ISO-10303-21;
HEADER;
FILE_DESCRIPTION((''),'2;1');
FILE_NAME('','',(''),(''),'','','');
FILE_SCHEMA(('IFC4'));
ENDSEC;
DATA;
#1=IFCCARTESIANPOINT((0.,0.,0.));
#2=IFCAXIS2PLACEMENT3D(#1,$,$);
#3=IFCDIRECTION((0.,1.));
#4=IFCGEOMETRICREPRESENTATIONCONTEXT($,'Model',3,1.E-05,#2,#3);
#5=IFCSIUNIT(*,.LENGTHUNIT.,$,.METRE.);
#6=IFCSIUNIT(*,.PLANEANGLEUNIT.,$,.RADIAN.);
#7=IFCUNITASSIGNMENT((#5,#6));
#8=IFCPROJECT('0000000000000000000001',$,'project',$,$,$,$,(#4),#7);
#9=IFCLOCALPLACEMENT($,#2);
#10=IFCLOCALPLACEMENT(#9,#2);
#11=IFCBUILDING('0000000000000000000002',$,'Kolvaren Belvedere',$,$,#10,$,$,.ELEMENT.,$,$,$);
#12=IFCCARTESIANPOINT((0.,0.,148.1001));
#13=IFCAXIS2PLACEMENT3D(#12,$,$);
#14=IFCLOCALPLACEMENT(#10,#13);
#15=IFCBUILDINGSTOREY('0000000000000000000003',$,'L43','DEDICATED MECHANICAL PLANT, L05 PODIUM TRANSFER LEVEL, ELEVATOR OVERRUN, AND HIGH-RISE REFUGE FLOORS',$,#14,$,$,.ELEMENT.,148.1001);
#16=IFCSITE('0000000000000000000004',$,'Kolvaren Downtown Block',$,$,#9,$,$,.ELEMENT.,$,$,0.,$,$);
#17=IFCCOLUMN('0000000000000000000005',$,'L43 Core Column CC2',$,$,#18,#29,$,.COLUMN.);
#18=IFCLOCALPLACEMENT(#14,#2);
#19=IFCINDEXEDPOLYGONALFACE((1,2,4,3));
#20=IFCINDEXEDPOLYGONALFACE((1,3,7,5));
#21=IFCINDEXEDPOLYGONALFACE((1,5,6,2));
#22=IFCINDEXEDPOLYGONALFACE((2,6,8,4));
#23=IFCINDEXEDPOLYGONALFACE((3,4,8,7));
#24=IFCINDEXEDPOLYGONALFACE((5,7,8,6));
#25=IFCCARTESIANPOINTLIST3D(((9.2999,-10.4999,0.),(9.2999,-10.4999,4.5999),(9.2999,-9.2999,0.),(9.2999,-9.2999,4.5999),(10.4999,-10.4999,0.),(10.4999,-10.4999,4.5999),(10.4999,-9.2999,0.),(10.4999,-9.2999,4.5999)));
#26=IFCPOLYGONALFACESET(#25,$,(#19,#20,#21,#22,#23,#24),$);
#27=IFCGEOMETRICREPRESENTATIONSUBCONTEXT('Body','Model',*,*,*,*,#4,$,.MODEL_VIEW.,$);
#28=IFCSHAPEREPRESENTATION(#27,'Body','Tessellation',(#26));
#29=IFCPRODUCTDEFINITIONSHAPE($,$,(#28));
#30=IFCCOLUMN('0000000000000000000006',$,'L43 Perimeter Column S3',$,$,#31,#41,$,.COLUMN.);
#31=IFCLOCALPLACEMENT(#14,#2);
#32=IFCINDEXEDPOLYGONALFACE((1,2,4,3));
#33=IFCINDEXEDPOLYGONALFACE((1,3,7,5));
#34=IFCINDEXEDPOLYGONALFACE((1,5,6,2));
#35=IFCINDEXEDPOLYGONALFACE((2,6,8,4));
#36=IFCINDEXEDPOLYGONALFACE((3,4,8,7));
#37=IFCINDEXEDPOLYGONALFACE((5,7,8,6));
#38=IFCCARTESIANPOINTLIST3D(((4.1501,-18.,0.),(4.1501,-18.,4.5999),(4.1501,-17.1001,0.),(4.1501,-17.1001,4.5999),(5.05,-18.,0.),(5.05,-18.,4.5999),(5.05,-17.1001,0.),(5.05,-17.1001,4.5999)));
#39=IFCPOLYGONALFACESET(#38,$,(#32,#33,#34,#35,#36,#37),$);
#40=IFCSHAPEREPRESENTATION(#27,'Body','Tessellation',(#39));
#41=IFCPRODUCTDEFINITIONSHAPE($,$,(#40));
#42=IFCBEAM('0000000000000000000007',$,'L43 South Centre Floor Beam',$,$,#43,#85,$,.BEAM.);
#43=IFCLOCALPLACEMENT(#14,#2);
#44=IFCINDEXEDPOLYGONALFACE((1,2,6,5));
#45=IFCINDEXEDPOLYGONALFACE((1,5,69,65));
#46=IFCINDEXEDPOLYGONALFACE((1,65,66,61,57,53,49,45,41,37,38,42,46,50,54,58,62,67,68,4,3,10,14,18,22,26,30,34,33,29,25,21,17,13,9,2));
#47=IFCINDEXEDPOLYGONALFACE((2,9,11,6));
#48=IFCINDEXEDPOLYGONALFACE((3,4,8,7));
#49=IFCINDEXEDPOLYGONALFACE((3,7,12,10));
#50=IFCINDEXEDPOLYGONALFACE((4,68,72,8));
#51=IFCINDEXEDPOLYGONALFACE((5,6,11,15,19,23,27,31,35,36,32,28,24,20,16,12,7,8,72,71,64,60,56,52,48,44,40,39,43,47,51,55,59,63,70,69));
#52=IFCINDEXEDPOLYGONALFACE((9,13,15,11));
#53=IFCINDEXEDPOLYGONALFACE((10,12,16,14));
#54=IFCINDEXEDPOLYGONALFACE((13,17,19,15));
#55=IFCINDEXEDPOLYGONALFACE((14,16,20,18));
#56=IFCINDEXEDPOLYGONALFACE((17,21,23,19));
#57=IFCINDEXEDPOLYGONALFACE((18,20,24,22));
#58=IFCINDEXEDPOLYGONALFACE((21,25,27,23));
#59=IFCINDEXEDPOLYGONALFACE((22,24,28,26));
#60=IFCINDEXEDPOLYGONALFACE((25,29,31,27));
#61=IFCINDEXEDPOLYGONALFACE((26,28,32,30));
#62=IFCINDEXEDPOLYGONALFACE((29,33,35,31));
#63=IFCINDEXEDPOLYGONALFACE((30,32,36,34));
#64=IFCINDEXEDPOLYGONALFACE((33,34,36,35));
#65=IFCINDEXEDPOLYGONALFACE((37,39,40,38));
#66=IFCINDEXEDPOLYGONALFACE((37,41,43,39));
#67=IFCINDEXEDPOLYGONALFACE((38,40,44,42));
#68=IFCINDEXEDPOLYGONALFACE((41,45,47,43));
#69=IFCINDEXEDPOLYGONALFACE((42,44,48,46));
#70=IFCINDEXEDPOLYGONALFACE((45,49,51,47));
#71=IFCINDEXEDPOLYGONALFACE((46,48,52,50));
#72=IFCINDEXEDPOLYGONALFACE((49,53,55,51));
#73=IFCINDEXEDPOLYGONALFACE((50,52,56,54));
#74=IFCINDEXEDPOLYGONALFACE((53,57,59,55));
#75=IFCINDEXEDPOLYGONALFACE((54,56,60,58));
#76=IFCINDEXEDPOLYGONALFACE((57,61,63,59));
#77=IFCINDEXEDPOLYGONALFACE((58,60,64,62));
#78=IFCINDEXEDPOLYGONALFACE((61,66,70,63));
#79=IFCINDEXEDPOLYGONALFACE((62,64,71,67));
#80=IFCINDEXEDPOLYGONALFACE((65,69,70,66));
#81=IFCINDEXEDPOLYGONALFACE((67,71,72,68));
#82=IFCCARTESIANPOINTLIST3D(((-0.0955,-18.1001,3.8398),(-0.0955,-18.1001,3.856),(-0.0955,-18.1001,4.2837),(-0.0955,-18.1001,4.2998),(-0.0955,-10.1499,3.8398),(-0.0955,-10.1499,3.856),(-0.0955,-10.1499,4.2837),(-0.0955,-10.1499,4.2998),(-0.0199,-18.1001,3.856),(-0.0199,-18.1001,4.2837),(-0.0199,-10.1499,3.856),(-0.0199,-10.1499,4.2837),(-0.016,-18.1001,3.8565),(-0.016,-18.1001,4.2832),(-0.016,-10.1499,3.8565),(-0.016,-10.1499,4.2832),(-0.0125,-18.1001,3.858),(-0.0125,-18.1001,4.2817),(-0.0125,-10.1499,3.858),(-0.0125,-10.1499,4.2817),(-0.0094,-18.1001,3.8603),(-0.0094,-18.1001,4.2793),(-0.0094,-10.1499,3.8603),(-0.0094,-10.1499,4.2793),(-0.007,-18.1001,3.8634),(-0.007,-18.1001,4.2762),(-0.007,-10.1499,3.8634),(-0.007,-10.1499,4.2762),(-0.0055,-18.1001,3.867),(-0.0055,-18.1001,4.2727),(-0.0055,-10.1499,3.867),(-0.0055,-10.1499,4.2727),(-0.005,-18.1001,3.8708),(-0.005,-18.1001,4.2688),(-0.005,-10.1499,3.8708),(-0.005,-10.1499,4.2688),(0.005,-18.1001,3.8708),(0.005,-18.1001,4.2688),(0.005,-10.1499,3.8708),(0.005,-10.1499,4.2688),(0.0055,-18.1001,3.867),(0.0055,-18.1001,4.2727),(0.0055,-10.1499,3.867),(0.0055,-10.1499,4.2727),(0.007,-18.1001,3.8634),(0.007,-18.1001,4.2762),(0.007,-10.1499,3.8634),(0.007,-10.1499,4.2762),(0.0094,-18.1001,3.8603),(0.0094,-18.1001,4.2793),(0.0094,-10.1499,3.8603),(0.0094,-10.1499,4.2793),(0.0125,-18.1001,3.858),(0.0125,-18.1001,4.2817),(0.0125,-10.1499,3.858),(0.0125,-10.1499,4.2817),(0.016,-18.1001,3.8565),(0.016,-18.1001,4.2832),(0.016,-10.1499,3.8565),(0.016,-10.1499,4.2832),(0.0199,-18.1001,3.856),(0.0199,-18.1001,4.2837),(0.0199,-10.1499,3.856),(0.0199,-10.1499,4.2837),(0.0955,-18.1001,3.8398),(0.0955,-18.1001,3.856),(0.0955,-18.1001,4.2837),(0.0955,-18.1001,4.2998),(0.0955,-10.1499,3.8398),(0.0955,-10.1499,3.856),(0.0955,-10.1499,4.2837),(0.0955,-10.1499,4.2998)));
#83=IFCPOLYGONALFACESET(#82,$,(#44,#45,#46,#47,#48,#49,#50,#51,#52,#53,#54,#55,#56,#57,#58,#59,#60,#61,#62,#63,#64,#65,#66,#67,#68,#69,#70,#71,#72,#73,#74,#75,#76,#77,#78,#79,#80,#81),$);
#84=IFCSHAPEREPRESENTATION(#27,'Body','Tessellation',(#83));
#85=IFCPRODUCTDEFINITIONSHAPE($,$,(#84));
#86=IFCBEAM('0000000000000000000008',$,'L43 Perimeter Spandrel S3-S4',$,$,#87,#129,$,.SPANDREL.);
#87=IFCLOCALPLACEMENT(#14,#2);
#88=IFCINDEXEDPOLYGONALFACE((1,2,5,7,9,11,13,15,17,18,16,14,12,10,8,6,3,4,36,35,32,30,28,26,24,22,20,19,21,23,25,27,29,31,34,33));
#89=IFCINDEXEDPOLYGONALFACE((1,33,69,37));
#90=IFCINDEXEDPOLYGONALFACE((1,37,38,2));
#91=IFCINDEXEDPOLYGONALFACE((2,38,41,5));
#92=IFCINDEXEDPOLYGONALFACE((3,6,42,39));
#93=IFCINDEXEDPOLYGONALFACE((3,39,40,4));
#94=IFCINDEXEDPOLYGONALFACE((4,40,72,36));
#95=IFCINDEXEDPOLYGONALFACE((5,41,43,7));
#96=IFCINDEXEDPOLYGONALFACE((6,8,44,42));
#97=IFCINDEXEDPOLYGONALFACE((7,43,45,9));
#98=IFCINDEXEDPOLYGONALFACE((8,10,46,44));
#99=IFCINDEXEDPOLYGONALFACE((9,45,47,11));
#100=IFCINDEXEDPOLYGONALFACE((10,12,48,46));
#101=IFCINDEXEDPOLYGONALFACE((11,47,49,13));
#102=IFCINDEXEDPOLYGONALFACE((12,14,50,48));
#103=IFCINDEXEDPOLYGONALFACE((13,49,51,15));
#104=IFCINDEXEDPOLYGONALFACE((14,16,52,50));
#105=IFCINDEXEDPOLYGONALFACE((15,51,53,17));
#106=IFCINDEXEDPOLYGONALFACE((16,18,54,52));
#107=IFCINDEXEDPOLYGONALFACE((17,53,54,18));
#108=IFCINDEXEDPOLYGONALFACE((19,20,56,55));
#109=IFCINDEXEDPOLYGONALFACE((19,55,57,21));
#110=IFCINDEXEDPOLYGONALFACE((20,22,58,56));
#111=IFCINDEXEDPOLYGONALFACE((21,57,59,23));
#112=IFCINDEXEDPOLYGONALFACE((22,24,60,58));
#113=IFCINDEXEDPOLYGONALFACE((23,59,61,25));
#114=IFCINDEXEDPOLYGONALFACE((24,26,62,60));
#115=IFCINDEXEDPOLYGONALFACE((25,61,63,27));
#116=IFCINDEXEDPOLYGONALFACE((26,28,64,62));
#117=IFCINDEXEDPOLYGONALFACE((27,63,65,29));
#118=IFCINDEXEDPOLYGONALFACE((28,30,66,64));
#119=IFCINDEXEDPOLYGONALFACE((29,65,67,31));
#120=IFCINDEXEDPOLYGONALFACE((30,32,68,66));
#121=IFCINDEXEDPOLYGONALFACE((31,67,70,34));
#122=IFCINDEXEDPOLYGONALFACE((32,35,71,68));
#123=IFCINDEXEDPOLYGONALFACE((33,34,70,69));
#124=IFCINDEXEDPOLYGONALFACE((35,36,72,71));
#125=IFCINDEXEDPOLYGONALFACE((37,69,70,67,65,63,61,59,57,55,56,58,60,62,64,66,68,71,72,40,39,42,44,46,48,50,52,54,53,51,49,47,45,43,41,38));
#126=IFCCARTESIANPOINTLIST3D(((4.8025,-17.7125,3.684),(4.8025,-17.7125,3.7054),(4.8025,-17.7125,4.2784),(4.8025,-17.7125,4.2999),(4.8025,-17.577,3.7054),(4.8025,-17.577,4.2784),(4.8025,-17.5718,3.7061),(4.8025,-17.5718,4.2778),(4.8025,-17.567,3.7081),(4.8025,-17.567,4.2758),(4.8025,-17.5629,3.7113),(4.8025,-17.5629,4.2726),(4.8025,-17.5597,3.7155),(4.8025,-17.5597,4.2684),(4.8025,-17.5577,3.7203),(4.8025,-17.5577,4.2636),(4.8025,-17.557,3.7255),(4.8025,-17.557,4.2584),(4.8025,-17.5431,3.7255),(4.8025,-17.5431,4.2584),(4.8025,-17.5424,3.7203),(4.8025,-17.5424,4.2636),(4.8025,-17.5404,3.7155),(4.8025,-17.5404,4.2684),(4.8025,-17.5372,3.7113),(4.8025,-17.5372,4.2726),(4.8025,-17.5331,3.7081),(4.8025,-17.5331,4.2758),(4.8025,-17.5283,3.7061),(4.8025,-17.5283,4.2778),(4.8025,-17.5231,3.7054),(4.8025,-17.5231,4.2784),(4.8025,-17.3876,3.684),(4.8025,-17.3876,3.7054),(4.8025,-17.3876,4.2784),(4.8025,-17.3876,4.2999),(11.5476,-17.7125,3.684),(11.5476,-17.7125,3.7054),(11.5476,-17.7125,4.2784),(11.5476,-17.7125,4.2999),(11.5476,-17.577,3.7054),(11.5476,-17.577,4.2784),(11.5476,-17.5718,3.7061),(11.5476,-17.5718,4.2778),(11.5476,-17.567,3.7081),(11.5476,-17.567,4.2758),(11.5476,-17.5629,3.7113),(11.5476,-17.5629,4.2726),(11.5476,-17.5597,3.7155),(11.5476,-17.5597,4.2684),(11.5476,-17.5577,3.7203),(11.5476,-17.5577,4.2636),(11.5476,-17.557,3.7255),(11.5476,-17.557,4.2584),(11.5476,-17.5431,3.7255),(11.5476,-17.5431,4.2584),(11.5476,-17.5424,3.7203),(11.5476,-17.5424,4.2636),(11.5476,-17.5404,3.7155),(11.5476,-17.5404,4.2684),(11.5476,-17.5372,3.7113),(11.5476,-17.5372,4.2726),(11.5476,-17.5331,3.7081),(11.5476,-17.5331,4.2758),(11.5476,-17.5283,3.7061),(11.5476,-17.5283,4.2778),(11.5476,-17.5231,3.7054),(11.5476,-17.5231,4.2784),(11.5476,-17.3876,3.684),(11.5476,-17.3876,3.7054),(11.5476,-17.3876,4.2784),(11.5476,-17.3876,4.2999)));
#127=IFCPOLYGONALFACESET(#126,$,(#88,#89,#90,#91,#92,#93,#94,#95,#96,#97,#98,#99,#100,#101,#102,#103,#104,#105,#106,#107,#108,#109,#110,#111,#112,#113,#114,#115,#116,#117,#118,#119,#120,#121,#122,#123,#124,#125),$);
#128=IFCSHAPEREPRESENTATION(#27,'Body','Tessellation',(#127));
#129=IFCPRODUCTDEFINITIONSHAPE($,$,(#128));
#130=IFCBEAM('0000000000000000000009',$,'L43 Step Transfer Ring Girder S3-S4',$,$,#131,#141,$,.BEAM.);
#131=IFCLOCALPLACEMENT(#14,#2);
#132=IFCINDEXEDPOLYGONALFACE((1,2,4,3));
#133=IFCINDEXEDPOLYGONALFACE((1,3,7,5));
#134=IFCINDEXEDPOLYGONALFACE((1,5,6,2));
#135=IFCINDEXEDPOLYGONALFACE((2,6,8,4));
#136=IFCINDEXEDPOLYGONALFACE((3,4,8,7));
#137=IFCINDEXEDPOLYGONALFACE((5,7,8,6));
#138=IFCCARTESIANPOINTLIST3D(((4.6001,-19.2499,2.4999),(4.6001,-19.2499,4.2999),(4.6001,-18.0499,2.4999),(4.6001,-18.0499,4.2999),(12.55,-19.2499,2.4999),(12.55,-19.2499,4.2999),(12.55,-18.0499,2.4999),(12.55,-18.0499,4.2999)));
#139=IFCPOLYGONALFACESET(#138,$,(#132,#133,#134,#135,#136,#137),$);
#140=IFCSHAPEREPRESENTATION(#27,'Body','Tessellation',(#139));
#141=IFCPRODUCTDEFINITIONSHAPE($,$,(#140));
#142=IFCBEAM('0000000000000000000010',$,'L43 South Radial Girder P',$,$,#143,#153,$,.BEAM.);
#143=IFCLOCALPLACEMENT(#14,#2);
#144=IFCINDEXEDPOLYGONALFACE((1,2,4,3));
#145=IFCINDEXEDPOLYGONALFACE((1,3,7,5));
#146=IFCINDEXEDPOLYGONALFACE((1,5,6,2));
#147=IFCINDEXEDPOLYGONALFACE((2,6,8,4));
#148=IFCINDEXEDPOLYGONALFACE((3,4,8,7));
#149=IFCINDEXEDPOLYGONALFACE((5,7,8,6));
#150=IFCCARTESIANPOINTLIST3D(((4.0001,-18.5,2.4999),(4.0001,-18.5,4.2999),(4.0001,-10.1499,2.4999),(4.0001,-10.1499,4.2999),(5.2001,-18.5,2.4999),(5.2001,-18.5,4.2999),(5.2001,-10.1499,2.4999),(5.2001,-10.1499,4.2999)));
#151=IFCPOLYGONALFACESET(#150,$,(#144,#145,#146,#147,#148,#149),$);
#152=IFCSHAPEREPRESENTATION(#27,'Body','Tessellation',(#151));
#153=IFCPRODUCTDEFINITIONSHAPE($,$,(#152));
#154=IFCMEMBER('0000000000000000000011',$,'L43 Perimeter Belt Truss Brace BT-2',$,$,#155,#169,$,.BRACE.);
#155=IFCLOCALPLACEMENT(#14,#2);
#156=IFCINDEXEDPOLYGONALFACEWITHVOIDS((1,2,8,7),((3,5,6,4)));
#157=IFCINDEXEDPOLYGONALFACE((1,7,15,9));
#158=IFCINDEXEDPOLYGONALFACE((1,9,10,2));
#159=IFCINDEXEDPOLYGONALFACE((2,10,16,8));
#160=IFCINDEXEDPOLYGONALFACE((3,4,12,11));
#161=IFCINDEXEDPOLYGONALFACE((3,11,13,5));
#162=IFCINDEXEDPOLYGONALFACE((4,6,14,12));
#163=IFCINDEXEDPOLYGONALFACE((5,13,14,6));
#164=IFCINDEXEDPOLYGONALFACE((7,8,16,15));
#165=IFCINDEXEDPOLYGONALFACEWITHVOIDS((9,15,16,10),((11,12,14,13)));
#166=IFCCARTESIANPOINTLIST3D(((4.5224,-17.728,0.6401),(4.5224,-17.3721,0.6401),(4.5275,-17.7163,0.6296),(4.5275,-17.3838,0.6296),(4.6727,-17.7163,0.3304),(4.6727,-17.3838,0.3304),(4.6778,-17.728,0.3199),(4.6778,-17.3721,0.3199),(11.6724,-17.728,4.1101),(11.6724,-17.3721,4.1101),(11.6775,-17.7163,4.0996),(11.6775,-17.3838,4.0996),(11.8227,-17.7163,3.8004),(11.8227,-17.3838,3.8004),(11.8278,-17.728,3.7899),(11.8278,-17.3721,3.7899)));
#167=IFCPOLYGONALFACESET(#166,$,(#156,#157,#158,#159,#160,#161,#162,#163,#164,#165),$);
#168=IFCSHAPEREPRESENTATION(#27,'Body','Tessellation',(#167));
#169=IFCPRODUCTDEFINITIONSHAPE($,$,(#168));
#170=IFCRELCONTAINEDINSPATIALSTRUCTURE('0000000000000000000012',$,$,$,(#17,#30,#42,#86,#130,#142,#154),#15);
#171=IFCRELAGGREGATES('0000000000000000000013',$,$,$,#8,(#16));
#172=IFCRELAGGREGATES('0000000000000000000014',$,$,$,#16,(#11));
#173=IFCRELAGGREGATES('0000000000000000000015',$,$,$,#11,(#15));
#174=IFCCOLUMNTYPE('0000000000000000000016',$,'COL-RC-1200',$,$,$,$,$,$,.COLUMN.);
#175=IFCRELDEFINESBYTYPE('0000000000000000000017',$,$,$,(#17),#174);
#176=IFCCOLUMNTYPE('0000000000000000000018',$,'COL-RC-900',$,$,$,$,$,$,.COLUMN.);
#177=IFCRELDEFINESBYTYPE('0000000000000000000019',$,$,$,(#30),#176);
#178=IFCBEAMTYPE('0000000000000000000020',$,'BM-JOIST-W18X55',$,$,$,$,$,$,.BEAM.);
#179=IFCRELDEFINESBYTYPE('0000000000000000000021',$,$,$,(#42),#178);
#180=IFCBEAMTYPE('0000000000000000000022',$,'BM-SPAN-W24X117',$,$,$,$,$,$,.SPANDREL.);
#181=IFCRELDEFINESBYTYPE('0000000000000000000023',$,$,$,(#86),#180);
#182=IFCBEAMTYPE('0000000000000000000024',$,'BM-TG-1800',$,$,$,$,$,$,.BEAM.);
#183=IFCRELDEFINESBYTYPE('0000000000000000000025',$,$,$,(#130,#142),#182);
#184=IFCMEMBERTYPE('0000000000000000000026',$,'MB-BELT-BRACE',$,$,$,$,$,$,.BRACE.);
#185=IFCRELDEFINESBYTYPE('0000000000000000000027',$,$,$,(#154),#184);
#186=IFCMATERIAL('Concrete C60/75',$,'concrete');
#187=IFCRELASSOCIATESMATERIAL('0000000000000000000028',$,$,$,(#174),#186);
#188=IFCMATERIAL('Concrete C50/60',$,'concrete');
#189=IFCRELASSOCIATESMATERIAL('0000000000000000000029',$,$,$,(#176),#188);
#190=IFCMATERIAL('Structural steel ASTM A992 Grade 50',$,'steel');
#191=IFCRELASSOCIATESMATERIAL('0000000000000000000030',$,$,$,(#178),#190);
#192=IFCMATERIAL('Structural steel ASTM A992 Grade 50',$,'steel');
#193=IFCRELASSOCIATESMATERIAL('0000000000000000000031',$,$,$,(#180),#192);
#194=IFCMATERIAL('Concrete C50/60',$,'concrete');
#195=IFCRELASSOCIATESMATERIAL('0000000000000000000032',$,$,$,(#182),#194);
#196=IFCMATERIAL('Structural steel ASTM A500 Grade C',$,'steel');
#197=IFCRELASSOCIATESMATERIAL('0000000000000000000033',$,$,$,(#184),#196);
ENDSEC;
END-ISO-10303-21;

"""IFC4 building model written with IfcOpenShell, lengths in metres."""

from ifc_helpers import new_model, si_unit, direction, frame, origin, origin_2d, place, context, subcontext, project, spatial, rectangle, hollow_rectangle, i_section, extrude, material, material_profile, profile_set, type_object, element, save


model = new_model("IFC4")

# Units and contexts
model_context = context("Model", 3, precision=1e-05, world=origin(), true_north=direction((0.0, 1.0)))
body_context = subcontext(model_context, "Body", "Model", "MODEL_VIEW")
ifc_project = project(units=[si_unit("LENGTHUNIT", "METRE"), si_unit("PLANEANGLEUNIT", "RADIAN")], contexts=[model_context])

# Site, building, storey
site_placement = place(None, origin())
site = spatial("IfcSite", under=ifc_project, at=site_placement, Name="Kolvaren Downtown Block", CompositionType="ELEMENT", RefElevation=0.0)
building_placement = place(site_placement, origin())
building = spatial("IfcBuilding", under=site, at=building_placement, Name="Kolvaren Belvedere", CompositionType="ELEMENT")
storey_placement = place(building_placement, frame((0.0, 0.0, 148.1001)))
storey = spatial("IfcBuildingStorey", under=building, at=storey_placement, Name="L43", Description="DEDICATED MECHANICAL PLANT, L05 PODIUM TRANSFER LEVEL, ELEVATOR OVERRUN, AND HIGH-RISE REFUGE FLOORS", CompositionType="ELEMENT", Elevation=148.1001)

# Columns
ifc_material_1 = material(Name="Concrete C60/75", Category="concrete")
ifc_material_profile_1 = material_profile(ifc_material_1, rectangle(XDim=1.2, YDim=1.2, at=origin_2d()), Name="RC 1200X1200")
ifc_profile_set_1 = profile_set([ifc_material_profile_1], Name="Concrete C60/75")
column_type_1 = type_object("IfcColumnType", Name="COL-RC-1200", PredefinedType="COLUMN", material=ifc_profile_set_1)
column_1_placement = place(storey_placement, frame((9.8999, -9.8999, 0.0), z_axis=(0.0, 0.0, 1.0), x_axis=(1.0, 0.0, 0.0)))
element("IfcColumn", 1, at=column_1_placement, inside=storey, type_object=column_type_1, Name="L43 Core Column CC2", PredefinedType="COLUMN", context=body_context, shape_type="SweptSolid", body=[
    extrude(rectangle(XDim=1.2, YDim=1.2, at=origin_2d()), origin(), (0.0, 0.0, 1.0), 4.5999),
])
ifc_material_2 = material(Name="Concrete C50/60", Category="concrete")
ifc_material_profile_2 = material_profile(ifc_material_2, rectangle(XDim=0.8999, YDim=0.8999, at=origin_2d()), Name="RC 900X900")
ifc_profile_set_2 = profile_set([ifc_material_profile_2], Name="Concrete C50/60")
column_type_2 = type_object("IfcColumnType", Name="COL-RC-900", PredefinedType="COLUMN", material=ifc_profile_set_2)
column_2_placement = place(storey_placement, frame((4.6001, -17.55, 0.0), z_axis=(0.0, 0.0, 1.0), x_axis=(1.0, 0.0, 0.0)))
element("IfcColumn", 2, at=column_2_placement, inside=storey, type_object=column_type_2, Name="L43 Perimeter Column S3", PredefinedType="COLUMN", context=body_context, shape_type="SweptSolid", body=[
    extrude(rectangle(XDim=0.8999, YDim=0.8999, at=origin_2d()), origin(), (0.0, 0.0, 1.0), 4.5999),
])

# Beams
ifc_material_3 = material(Name="Structural steel ASTM A992 Grade 50", Category="steel")
ifc_material_profile_3 = material_profile(ifc_material_3, i_section(OverallWidth=0.1909, OverallDepth=0.46, WebThickness=0.01, FlangeThickness=0.0161, FilletRadius=0.0149, at=origin_2d()), Name="W18X55")
ifc_profile_set_3 = profile_set([ifc_material_profile_3], Name="Structural steel ASTM A992 Grade 50")
beam_type_1 = type_object("IfcBeamType", Name="BM-JOIST-W18X55", PredefinedType="BEAM", material=ifc_profile_set_3)
beam_1_placement = place(storey_placement, frame((0.0, -10.1499, 4.0698), z_axis=(0.0, -1.0, 0.0), x_axis=(1.0, 0.0, 0.0)))
element("IfcBeam", 3, at=beam_1_placement, inside=storey, type_object=beam_type_1, Name="L43 South Centre Floor Beam", PredefinedType="BEAM", context=body_context, shape_type="SweptSolid", body=[
    extrude(i_section(OverallWidth=0.1909, OverallDepth=0.46, WebThickness=0.01, FlangeThickness=0.0161, FilletRadius=0.0149, at=origin_2d()), origin(), (0.0, 0.0, 1.0), 7.9502),
])
ifc_material_4 = material(Name="Structural steel ASTM A992 Grade 50", Category="steel")
ifc_material_profile_4 = material_profile(ifc_material_4, i_section(OverallWidth=0.325, OverallDepth=0.616, WebThickness=0.0139, FlangeThickness=0.0215, FilletRadius=0.02, at=origin_2d()), Name="W24X117")
ifc_profile_set_4 = profile_set([ifc_material_profile_4], Name="Structural steel ASTM A992 Grade 50")
beam_type_2 = type_object("IfcBeamType", Name="BM-SPAN-W24X117", PredefinedType="SPANDREL", material=ifc_profile_set_4)
beam_2_placement = place(storey_placement, frame((4.8025, -17.55, 3.9919), z_axis=(1.0, 0.0, 0.0), x_axis=(0.0, 1.0, 0.0)))
element("IfcBeam", 4, at=beam_2_placement, inside=storey, type_object=beam_type_2, Name="L43 Perimeter Spandrel S3-S4", PredefinedType="SPANDREL", context=body_context, shape_type="SweptSolid", body=[
    extrude(i_section(OverallWidth=0.325, OverallDepth=0.616, WebThickness=0.0139, FlangeThickness=0.0215, FilletRadius=0.02, at=origin_2d()), origin(), (0.0, 0.0, 1.0), 6.7451),
])
ifc_material_5 = material(Name="Concrete C50/60", Category="concrete")
ifc_material_profile_5 = material_profile(ifc_material_5, rectangle(XDim=1.2, YDim=1.8, at=origin_2d()), Name="RC 1200X1800")
ifc_profile_set_5 = profile_set([ifc_material_profile_5], Name="Concrete C50/60")
beam_type_3 = type_object("IfcBeamType", Name="BM-TG-1800", PredefinedType="BEAM", material=ifc_profile_set_5)
beam_3_placement = place(storey_placement, frame((4.6001, -18.6499, 3.3999), z_axis=(1.0, 0.0, 0.0), x_axis=(0.0, 1.0, 0.0)))
element("IfcBeam", 5, at=beam_3_placement, inside=storey, type_object=beam_type_3, Name="L43 Step Transfer Ring Girder S3-S4", PredefinedType="BEAM", context=body_context, shape_type="SweptSolid", body=[
    extrude(rectangle(XDim=1.2, YDim=1.8, at=origin_2d()), origin(), (0.0, 0.0, 1.0), 7.95),
])
beam_4_placement = place(storey_placement, frame((4.6001, -10.1499, 3.3999), z_axis=(0.0, -1.0, 0.0), x_axis=(1.0, 0.0, 0.0)))
element("IfcBeam", 6, at=beam_4_placement, inside=storey, type_object=beam_type_3, Name="L43 South Radial Girder P", PredefinedType="BEAM", context=body_context, shape_type="SweptSolid", body=[
    extrude(rectangle(XDim=1.2, YDim=1.8, at=origin_2d()), origin(), (0.0, 0.0, 1.0), 8.3501),
])

# Member
ifc_material_6 = material(Name="Structural steel ASTM A500 Grade C", Category="steel")
ifc_material_profile_6 = material_profile(ifc_material_6, hollow_rectangle(XDim=0.356, YDim=0.356, WallThickness=0.0117, at=origin_2d()), Name="HSS14X14X1/2")
ifc_profile_set_6 = profile_set([ifc_material_profile_6], Name="Structural steel ASTM A500 Grade C")
member_type_1 = type_object("IfcMemberType", Name="MB-BELT-BRACE", PredefinedType="BRACE", material=ifc_profile_set_6)
member_1_placement = place(storey_placement, frame((4.6001, -17.55, 0.48), z_axis=(0.899649, 0.0, 0.436615), x_axis=(0.0, 1.0, 0.0)))
element("IfcMember", 7, at=member_1_placement, inside=storey, type_object=member_type_1, Name="L43 Perimeter Belt Truss Brace BT-2", PredefinedType="BRACE", context=body_context, shape_type="SweptSolid", body=[
    extrude(hollow_rectangle(XDim=0.356, YDim=0.356, WallThickness=0.0117, at=origin_2d()), origin(), (0.0, 0.0, 1.0), 7.9475),
])

save(model, "model.ifc")
